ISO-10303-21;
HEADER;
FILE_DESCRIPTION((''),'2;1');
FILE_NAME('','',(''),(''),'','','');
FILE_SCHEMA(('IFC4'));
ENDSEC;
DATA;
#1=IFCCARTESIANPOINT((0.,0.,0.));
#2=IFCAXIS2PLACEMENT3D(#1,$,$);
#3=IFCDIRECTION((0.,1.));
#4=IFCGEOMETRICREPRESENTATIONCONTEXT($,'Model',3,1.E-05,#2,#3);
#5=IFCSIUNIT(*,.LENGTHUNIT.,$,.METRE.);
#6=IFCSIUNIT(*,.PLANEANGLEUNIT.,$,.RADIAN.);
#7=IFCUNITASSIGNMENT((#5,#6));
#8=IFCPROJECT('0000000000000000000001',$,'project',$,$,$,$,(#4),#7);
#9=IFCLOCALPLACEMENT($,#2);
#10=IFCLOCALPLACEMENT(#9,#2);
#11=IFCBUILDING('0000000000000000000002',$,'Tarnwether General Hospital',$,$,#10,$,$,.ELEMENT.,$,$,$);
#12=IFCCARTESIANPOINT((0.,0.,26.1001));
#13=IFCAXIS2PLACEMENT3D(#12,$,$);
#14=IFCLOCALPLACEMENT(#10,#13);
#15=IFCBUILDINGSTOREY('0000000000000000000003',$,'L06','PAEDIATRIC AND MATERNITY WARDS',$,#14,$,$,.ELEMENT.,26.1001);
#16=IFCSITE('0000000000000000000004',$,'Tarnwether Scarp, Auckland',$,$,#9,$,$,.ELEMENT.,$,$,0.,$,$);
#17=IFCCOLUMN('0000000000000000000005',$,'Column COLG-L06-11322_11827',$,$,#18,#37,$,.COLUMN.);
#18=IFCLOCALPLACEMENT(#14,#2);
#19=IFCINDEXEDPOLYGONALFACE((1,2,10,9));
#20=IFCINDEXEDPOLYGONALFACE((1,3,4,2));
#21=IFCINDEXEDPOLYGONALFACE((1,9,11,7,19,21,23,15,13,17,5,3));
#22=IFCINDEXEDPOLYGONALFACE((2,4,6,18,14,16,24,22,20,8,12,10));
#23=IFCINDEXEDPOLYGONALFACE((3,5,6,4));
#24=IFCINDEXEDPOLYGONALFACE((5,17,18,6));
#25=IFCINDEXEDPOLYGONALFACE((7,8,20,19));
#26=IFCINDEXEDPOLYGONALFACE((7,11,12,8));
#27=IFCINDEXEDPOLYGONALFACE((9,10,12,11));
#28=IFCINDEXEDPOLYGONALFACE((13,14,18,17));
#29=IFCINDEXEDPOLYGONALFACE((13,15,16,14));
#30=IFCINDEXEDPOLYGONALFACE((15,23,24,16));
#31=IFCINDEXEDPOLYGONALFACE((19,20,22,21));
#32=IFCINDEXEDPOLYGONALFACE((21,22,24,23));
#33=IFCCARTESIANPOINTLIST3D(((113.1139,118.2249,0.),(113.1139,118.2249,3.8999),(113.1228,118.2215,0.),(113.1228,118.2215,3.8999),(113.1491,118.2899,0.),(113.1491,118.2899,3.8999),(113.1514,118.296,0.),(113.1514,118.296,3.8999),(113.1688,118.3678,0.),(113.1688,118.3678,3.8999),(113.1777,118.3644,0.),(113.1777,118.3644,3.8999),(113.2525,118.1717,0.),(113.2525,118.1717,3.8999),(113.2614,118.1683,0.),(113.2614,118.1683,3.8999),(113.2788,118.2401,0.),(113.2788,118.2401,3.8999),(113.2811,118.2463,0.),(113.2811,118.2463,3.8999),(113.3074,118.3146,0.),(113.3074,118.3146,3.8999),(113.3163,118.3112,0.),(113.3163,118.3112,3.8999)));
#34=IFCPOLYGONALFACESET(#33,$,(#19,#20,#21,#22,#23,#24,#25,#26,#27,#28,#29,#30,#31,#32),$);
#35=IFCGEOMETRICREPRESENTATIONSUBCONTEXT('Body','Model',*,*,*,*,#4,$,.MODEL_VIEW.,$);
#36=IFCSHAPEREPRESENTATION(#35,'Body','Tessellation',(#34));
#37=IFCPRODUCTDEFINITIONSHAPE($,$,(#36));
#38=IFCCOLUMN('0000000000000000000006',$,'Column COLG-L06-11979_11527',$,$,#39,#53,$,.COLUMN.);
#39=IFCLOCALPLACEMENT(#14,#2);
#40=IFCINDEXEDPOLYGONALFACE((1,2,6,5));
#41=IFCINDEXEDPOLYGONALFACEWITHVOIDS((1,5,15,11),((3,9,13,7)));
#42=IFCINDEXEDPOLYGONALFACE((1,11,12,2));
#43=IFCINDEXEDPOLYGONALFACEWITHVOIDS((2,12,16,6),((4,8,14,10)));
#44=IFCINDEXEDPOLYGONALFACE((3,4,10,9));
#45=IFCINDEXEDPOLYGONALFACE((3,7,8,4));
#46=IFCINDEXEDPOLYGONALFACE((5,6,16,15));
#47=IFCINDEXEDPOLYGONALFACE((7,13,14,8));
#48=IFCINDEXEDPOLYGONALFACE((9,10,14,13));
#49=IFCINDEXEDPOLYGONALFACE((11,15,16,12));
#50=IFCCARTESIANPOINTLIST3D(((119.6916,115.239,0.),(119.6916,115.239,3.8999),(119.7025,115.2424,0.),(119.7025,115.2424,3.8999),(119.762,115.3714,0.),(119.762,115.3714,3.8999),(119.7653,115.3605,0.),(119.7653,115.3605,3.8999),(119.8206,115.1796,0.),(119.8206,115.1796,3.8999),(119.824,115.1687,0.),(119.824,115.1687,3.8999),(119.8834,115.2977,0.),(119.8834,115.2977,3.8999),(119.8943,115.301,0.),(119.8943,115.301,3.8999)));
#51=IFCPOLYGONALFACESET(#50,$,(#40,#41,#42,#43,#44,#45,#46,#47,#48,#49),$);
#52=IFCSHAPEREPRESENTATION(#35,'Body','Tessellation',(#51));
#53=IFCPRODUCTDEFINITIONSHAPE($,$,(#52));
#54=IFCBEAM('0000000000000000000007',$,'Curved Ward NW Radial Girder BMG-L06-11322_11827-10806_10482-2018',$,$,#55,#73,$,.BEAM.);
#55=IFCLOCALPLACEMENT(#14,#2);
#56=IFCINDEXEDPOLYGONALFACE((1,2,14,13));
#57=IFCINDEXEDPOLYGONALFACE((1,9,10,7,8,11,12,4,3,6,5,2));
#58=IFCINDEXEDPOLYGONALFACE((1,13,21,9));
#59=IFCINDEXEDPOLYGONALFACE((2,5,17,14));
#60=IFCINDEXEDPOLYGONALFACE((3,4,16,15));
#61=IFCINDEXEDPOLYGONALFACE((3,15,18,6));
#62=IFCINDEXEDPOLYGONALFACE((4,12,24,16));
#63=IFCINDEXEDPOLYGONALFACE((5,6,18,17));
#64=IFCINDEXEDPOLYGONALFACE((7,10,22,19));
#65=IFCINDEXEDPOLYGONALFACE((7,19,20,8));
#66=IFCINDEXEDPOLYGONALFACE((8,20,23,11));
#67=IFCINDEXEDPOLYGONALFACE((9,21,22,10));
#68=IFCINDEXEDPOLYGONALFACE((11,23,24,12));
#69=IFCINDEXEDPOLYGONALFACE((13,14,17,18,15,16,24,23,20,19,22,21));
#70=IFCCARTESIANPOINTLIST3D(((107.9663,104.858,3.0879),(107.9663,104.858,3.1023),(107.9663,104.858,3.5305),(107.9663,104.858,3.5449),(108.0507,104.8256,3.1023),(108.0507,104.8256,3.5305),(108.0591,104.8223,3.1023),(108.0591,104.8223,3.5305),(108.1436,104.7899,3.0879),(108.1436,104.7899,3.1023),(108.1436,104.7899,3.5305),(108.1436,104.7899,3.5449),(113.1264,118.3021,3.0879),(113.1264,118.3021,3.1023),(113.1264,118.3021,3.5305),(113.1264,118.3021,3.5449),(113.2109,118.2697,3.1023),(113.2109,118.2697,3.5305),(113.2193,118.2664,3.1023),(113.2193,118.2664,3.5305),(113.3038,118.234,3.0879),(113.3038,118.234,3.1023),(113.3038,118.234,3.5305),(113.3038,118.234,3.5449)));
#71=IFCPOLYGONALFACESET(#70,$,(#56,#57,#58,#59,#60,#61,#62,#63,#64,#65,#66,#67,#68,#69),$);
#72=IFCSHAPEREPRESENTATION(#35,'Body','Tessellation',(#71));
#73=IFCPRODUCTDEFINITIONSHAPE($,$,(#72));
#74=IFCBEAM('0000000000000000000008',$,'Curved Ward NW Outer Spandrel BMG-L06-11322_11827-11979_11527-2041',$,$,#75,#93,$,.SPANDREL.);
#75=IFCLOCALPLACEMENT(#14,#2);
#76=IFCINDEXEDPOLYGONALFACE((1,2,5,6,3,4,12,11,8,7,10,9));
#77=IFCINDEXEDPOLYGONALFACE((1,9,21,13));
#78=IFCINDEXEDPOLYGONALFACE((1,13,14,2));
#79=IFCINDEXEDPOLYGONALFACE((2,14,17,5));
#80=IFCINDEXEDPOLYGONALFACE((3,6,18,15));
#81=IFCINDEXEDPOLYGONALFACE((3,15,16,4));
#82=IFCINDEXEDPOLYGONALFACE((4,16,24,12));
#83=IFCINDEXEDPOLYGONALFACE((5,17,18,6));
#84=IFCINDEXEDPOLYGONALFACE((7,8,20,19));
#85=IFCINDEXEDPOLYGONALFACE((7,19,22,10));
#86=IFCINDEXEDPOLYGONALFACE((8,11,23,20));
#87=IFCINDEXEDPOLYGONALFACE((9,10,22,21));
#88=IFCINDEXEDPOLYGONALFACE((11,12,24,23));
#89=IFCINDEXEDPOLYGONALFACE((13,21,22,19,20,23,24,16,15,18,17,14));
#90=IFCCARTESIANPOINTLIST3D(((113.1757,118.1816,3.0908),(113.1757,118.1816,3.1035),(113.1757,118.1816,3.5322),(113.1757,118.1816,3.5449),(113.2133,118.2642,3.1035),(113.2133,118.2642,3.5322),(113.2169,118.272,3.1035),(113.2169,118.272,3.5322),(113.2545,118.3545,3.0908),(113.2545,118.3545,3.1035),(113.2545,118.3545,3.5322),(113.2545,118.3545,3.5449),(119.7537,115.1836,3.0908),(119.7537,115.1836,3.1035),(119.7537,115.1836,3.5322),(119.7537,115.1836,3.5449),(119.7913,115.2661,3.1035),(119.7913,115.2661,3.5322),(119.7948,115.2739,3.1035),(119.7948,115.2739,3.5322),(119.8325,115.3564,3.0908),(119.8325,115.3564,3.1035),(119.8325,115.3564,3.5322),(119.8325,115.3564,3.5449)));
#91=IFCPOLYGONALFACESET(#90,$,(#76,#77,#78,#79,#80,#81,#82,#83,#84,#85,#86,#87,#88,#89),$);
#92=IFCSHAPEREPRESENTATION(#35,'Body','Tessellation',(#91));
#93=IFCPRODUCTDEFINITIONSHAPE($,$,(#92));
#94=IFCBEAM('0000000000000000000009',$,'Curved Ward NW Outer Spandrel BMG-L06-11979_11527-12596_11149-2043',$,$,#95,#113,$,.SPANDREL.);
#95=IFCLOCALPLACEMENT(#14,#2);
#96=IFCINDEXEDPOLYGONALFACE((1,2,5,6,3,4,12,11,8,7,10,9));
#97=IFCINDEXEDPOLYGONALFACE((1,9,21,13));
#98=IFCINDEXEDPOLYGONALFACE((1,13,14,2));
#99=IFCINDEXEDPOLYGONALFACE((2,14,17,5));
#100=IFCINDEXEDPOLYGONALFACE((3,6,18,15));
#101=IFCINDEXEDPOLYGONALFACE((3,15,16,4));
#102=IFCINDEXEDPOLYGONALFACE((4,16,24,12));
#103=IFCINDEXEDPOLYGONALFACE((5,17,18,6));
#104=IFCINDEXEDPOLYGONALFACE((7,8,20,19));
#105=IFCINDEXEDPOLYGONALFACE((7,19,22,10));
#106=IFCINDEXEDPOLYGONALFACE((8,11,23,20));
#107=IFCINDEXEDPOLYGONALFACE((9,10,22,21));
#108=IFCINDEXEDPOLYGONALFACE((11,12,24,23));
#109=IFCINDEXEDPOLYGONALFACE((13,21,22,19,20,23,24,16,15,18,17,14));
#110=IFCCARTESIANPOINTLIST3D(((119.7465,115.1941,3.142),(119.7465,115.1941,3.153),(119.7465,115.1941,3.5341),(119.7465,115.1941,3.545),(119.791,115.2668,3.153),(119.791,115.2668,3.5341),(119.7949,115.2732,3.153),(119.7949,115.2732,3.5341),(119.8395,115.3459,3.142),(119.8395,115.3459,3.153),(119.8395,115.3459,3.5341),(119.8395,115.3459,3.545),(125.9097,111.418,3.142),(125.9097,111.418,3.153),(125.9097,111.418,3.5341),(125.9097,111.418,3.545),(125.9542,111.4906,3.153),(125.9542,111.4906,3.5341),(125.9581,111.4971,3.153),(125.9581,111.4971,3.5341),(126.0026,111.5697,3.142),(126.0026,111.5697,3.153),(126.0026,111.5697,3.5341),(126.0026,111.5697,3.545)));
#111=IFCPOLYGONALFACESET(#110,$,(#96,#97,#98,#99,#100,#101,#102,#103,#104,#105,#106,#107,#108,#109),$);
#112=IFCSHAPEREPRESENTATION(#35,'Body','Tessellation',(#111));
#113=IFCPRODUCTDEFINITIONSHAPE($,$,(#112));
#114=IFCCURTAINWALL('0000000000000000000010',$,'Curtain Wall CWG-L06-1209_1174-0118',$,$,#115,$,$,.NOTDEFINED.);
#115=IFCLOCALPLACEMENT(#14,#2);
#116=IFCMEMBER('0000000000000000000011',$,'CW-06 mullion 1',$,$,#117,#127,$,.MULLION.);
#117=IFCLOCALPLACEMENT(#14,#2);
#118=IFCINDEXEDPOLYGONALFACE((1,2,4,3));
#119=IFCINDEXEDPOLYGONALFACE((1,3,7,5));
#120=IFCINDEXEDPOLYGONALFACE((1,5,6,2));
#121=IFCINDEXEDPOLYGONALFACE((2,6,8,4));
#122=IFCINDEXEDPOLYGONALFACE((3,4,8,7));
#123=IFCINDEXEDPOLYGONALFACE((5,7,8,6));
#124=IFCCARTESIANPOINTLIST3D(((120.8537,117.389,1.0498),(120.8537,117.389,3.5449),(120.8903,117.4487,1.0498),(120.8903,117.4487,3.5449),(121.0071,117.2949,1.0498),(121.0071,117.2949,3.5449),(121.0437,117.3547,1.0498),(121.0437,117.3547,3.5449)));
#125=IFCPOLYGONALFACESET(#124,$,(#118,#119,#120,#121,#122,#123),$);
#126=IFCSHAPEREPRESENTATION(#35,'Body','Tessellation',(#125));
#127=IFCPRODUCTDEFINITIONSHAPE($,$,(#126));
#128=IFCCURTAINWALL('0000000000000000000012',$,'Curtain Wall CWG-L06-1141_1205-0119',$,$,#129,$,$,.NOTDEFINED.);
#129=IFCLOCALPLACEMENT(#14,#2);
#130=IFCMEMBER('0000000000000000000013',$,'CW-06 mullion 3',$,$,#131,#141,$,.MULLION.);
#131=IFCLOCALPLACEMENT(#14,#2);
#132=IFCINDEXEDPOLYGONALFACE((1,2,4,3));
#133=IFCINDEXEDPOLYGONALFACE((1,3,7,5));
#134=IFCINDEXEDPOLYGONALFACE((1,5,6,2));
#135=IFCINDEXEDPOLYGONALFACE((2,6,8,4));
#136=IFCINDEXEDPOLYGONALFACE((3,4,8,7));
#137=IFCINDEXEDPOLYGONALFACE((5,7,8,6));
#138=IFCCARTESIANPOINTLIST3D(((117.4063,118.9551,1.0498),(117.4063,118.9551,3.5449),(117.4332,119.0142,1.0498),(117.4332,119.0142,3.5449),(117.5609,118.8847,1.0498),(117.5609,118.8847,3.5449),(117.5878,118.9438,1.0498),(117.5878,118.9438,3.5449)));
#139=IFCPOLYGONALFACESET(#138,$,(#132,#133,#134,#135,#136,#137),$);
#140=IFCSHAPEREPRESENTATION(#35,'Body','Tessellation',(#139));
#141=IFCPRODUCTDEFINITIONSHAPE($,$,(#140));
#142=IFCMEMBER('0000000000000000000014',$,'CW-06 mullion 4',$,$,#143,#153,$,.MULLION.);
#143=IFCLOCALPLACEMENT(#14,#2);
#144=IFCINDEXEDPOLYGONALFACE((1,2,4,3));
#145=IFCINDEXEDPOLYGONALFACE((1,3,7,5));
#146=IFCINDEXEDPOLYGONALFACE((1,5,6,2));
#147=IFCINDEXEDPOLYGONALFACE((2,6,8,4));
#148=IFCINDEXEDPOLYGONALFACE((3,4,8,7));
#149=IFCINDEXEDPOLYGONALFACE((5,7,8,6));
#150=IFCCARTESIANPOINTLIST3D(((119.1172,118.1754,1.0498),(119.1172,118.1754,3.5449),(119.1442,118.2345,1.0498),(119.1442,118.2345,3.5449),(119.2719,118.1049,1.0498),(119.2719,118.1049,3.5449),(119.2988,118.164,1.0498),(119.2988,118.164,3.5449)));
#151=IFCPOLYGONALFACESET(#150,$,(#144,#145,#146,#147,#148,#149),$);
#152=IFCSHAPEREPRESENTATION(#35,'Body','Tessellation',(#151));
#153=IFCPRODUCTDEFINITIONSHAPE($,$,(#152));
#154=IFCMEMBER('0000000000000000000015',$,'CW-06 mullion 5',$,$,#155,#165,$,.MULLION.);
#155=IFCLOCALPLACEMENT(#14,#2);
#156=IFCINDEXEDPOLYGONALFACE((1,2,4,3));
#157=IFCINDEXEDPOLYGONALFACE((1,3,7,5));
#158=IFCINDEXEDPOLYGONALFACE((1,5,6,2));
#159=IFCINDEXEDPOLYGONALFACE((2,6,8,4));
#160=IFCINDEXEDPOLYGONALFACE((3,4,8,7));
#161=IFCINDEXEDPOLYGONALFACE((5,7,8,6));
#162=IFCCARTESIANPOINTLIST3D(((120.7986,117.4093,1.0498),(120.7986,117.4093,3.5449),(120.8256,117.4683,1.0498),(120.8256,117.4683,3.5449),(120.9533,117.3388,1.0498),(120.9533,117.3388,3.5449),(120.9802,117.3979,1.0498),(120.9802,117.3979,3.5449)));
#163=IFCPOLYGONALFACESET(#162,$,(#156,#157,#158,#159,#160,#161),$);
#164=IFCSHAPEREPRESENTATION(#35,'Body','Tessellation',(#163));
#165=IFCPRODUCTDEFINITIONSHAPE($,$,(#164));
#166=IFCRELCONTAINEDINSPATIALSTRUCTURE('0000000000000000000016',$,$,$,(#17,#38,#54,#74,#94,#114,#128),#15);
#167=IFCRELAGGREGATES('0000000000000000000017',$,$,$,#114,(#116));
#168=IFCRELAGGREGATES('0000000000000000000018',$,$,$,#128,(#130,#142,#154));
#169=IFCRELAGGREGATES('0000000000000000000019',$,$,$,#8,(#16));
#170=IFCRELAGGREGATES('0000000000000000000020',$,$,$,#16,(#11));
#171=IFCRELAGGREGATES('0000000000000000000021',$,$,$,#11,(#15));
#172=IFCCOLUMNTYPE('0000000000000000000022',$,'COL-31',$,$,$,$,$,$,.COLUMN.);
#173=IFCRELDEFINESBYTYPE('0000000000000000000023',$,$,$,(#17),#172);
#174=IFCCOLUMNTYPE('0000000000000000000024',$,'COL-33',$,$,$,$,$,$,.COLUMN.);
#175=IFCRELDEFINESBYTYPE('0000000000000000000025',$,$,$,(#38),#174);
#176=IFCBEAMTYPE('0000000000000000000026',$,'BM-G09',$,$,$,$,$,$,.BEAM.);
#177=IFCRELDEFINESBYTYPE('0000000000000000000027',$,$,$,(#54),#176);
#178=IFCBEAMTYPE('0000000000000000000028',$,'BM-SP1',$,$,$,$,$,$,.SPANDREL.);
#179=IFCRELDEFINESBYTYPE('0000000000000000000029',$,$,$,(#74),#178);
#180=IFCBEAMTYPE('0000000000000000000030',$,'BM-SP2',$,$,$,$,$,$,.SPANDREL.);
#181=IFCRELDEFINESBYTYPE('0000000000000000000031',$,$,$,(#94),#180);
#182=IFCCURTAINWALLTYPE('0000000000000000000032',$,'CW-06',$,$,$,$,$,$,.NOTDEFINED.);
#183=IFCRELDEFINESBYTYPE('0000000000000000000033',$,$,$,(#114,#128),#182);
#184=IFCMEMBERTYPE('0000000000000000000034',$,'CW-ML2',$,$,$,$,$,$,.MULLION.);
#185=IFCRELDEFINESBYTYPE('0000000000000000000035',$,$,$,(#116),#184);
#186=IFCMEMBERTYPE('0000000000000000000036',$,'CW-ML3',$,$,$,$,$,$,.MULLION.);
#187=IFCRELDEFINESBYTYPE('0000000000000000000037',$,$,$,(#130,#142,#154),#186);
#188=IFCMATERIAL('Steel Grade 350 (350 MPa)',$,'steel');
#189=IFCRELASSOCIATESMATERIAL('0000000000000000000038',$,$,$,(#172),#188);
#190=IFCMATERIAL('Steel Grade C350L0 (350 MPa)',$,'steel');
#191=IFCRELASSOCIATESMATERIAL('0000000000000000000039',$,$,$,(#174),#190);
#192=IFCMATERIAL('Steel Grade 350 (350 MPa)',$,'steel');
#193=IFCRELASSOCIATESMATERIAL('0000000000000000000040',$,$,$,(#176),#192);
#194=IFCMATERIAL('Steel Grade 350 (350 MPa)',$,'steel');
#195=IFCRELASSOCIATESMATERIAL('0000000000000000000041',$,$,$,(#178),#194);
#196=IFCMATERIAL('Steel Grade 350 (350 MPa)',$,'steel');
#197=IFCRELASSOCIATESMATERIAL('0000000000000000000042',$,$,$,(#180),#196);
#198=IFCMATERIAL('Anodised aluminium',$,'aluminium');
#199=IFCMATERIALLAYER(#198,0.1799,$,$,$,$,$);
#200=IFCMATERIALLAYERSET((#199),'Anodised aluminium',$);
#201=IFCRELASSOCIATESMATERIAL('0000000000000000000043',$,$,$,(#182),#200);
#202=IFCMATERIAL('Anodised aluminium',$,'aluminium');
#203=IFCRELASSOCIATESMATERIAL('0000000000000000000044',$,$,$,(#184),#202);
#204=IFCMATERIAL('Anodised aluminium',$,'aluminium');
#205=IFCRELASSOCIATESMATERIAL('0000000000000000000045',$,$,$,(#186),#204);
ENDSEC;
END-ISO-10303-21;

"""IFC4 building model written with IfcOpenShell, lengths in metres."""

from ifc_helpers import new_model, si_unit, direction, frame, origin, origin_2d, place, context, subcontext, project, spatial, rectangle, hollow_rectangle, i_section, extrude, material, layer, layer_set, material_profile, profile_set, type_object, element, aggregate, save


model = new_model("IFC4")

# Units and contexts
model_context = context("Model", 3, precision=1e-05, world=origin(), true_north=direction((0.0, 1.0)))
body_context = subcontext(model_context, "Body", "Model", "MODEL_VIEW")
ifc_project = project(units=[si_unit("LENGTHUNIT", "METRE"), si_unit("PLANEANGLEUNIT", "RADIAN")], contexts=[model_context])

# Site, building, storey
site_placement = place(None, origin())
site = spatial("IfcSite", under=ifc_project, at=site_placement, Name="Tarnwether Scarp, Auckland", CompositionType="ELEMENT", RefElevation=0.0)
building_placement = place(site_placement, origin())
building = spatial("IfcBuilding", under=site, at=building_placement, Name="Tarnwether General Hospital", CompositionType="ELEMENT")
storey_placement = place(building_placement, frame((0.0, 0.0, 26.1001)))
storey = spatial("IfcBuildingStorey", under=building, at=storey_placement, Name="L06", Description="PAEDIATRIC AND MATERNITY WARDS", CompositionType="ELEMENT", Elevation=26.1001)

# Columns
ifc_material_1 = material(Name="Steel Grade 350 (350 MPa)", Category="steel")
ifc_material_profile_1 = material_profile(ifc_material_1, i_section(OverallWidth=0.1531, OverallDepth=0.158, WebThickness=0.0066, FlangeThickness=0.0095, at=origin_2d()), Name="150UC30.0")
ifc_profile_set_1 = profile_set([ifc_material_profile_1], Name="Steel Grade 350 (350 MPa)")
column_type_1 = type_object("IfcColumnType", Name="COL-31", PredefinedType="COLUMN", material=ifc_profile_set_1)
column_1_placement = place(storey_placement, frame((113.2151, 118.2681, 0.0), z_axis=(0.0, 0.0, 1.0), x_axis=(0.358368, 0.93358, 0.0)))
element("IfcColumn", 1, at=column_1_placement, inside=storey, type_object=column_type_1, Name="Column COLG-L06-11322_11827", PredefinedType="COLUMN", context=body_context, shape_type="SweptSolid", body=[
    extrude(i_section(OverallWidth=0.1531, OverallDepth=0.158, WebThickness=0.0066, FlangeThickness=0.0095, at=origin_2d()), origin(), (0.0, 0.0, 1.0), 3.8999),
])
ifc_material_2 = material(Name="Steel Grade C350L0 (350 MPa)", Category="steel")
ifc_material_profile_2 = material_profile(ifc_material_2, hollow_rectangle(XDim=0.1499, YDim=0.1499, WallThickness=0.0081, at=origin_2d()), Name="SHS150x150x8")
ifc_profile_set_2 = profile_set([ifc_material_profile_2], Name="Steel Grade C350L0 (350 MPa)")
column_type_2 = type_object("IfcColumnType", Name="COL-33", PredefinedType="COLUMN", material=ifc_profile_set_2)
column_2_placement = place(storey_placement, frame((119.793, 115.27, 0.0), z_axis=(0.0, 0.0, 1.0), x_axis=(0.469472, 0.882948, 0.0)))
element("IfcColumn", 2, at=column_2_placement, inside=storey, type_object=column_type_2, Name="Column COLG-L06-11979_11527", PredefinedType="COLUMN", context=body_context, shape_type="SweptSolid", body=[
    extrude(hollow_rectangle(XDim=0.1499, YDim=0.1499, WallThickness=0.0081, at=origin_2d()), origin(), (0.0, 0.0, 1.0), 3.8999),
])

# Beams
ifc_material_3 = material(Name="Steel Grade 350 (350 MPa)", Category="steel")
ifc_material_profile_3 = material_profile(ifc_material_3, i_section(OverallWidth=0.1899, OverallDepth=0.457, WebThickness=0.009, FlangeThickness=0.0144, at=origin_2d()), Name="460UB74.6")
ifc_profile_set_3 = profile_set([ifc_material_profile_3], Name="Steel Grade 350 (350 MPa)")
beam_type_1 = type_object("IfcBeamType", Name="BM-G09", PredefinedType="BEAM", material=ifc_profile_set_3)
beam_1_placement = place(storey_placement, frame((113.2151, 118.2681, 3.3164), z_axis=(-0.358335, -0.933593, 0.0), x_axis=(0.933593, -0.358335, 0.0)))
element("IfcBeam", 3, at=beam_1_placement, inside=storey, type_object=beam_type_1, Name="Curved Ward NW Radial Girder BMG-L06-11322_11827-10806_10482-2018", PredefinedType="BEAM", context=body_context, shape_type="SweptSolid", body=[
    extrude(i_section(OverallWidth=0.1899, OverallDepth=0.457, WebThickness=0.009, FlangeThickness=0.0144, at=origin_2d()), origin(), (0.0, 0.0, 1.0), 14.4004),
])
ifc_material_4 = material(Name="Steel Grade 350 (350 MPa)", Category="steel")
ifc_material_profile_4 = material_profile(ifc_material_4, i_section(OverallWidth=0.1899, OverallDepth=0.4541, WebThickness=0.0085, FlangeThickness=0.0127, at=origin_2d()), Name="460UB67.1")
ifc_profile_set_4 = profile_set([ifc_material_profile_4], Name="Steel Grade 350 (350 MPa)")
beam_type_2 = type_object("IfcBeamType", Name="BM-SP1", PredefinedType="SPANDREL", material=ifc_profile_set_4)
beam_2_placement = place(storey_placement, frame((113.2151, 118.2681, 3.3179), z_axis=(0.909944, -0.414731, 0.0), x_axis=(0.414731, 0.909944, 0.0)))
element("IfcBeam", 4, at=beam_2_placement, inside=storey, type_object=beam_type_2, Name="Curved Ward NW Outer Spandrel BMG-L06-11322_11827-11979_11527-2041", PredefinedType="SPANDREL", context=body_context, shape_type="SweptSolid", body=[
    extrude(i_section(OverallWidth=0.1899, OverallDepth=0.4541, WebThickness=0.0085, FlangeThickness=0.0127, at=origin_2d()), origin(), (0.0, 0.0, 1.0), 7.229),
])
ifc_material_5 = material(Name="Steel Grade 350 (350 MPa)", Category="steel")
ifc_material_profile_5 = material_profile(ifc_material_5, i_section(OverallWidth=0.178, OverallDepth=0.4031, WebThickness=0.0076, FlangeThickness=0.011, at=origin_2d()), Name="410UB53.7")
ifc_profile_set_5 = profile_set([ifc_material_profile_5], Name="Steel Grade 350 (350 MPa)")
beam_type_3 = type_object("IfcBeamType", Name="BM-SP2", PredefinedType="SPANDREL", material=ifc_profile_set_5)
beam_3_placement = place(storey_placement, frame((119.793, 115.27, 3.3435), z_axis=(0.852678, -0.522436, 0.0), x_axis=(0.522436, 0.852678, 0.0)))
element("IfcBeam", 5, at=beam_3_placement, inside=storey, type_object=beam_type_3, Name="Curved Ward NW Outer Spandrel BMG-L06-11979_11527-12596_11149-2043", PredefinedType="SPANDREL", context=body_context, shape_type="SweptSolid", body=[
    extrude(i_section(OverallWidth=0.178, OverallDepth=0.4031, WebThickness=0.0076, FlangeThickness=0.011, at=origin_2d()), origin(), (0.0, 0.0, 1.0), 7.228),
])

# Curtain wall, member
ifc_material_6 = material(Name="Anodised aluminium", Category="aluminium")
ifc_layer_1 = layer(ifc_material_6, 0.1799)
ifc_layer_set_1 = layer_set([ifc_layer_1], Name="Anodised aluminium")
curtain_wall_type = type_object("IfcCurtainWallType", Name="CW-06", PredefinedType="NOTDEFINED", material=ifc_layer_set_1)
curtain_wall_1_placement = place(storey_placement, origin())
curtain_wall_1 = element("IfcCurtainWall", 6, at=curtain_wall_1_placement, inside=storey, type_object=curtain_wall_type, Name="Curtain Wall CWG-L06-1209_1174-0118", PredefinedType="NOTDEFINED")
ifc_material_7 = material(Name="Anodised aluminium", Category="aluminium")
ifc_material_profile_6 = material_profile(ifc_material_7, rectangle(XDim=0.0701, YDim=0.1799, at=origin_2d()), Name="ALU-MUL-70x180")
ifc_profile_set_6 = profile_set([ifc_material_profile_6], Name="Anodised aluminium")
member_type_1 = type_object("IfcMemberType", Name="CW-ML2", PredefinedType="MULLION", material=ifc_profile_set_6)
member_1_placement = place(storey_placement, frame((120.9487, 117.3718, 1.0498), z_axis=(0.0, 0.0, 1.0), x_axis=(0.522509, 0.852634, 0.0)))
member_1 = element("IfcMember", 7, at=member_1_placement, type_object=member_type_1, Name="CW-06 mullion 1", PredefinedType="MULLION", context=body_context, shape_type="SweptSolid", body=[
    extrude(rectangle(XDim=0.0701, YDim=0.1799, at=origin_2d()), origin(), (0.0, 0.0, 1.0), 2.4951),
])

# Curtain wall, members
curtain_wall_2_placement = place(storey_placement, origin())
curtain_wall_2 = element("IfcCurtainWall", 8, at=curtain_wall_2_placement, inside=storey, type_object=curtain_wall_type, Name="Curtain Wall CWG-L06-1141_1205-0119", PredefinedType="NOTDEFINED")
ifc_material_8 = material(Name="Anodised aluminium", Category="aluminium")
ifc_material_profile_7 = material_profile(ifc_material_8, rectangle(XDim=0.0649, YDim=0.1699, at=origin_2d()), Name="ALU-MUL-65x170")
ifc_profile_set_7 = profile_set([ifc_material_profile_7], Name="Anodised aluminium")
member_type_2 = type_object("IfcMemberType", Name="CW-ML3", PredefinedType="MULLION", material=ifc_profile_set_7)
member_2_placement = place(storey_placement, frame((117.4971, 118.9495, 1.0498), z_axis=(0.0, 0.0, 1.0), x_axis=(0.414694, 0.909961, 0.0)))
member_2 = element("IfcMember", 9, at=member_2_placement, type_object=member_type_2, Name="CW-06 mullion 3", PredefinedType="MULLION", context=body_context, shape_type="SweptSolid", body=[
    extrude(rectangle(XDim=0.0649, YDim=0.1699, at=origin_2d()), origin(), (0.0, 0.0, 1.0), 2.4951),
])
member_3_placement = place(storey_placement, frame((119.208, 118.1697, 1.0498), z_axis=(0.0, 0.0, 1.0), x_axis=(0.414694, 0.909961, 0.0)))
member_3 = element("IfcMember", 10, at=member_3_placement, type_object=member_type_2, Name="CW-06 mullion 4", PredefinedType="MULLION", context=body_context, shape_type="SweptSolid", body=[
    extrude(rectangle(XDim=0.0649, YDim=0.1699, at=origin_2d()), origin(), (0.0, 0.0, 1.0), 2.4951),
])
member_4_placement = place(storey_placement, frame((120.8894, 117.4036, 1.0498), z_axis=(0.0, 0.0, 1.0), x_axis=(0.414694, 0.909961, 0.0)))
member_4 = element("IfcMember", 11, at=member_4_placement, type_object=member_type_2, Name="CW-06 mullion 5", PredefinedType="MULLION", context=body_context, shape_type="SweptSolid", body=[
    extrude(rectangle(XDim=0.0649, YDim=0.1699, at=origin_2d()), origin(), (0.0, 0.0, 1.0), 2.4951),
])

aggregate(curtain_wall_1, [member_1])

aggregate(curtain_wall_2, [member_2, member_3, member_4])

save(model, "model.ifc")
